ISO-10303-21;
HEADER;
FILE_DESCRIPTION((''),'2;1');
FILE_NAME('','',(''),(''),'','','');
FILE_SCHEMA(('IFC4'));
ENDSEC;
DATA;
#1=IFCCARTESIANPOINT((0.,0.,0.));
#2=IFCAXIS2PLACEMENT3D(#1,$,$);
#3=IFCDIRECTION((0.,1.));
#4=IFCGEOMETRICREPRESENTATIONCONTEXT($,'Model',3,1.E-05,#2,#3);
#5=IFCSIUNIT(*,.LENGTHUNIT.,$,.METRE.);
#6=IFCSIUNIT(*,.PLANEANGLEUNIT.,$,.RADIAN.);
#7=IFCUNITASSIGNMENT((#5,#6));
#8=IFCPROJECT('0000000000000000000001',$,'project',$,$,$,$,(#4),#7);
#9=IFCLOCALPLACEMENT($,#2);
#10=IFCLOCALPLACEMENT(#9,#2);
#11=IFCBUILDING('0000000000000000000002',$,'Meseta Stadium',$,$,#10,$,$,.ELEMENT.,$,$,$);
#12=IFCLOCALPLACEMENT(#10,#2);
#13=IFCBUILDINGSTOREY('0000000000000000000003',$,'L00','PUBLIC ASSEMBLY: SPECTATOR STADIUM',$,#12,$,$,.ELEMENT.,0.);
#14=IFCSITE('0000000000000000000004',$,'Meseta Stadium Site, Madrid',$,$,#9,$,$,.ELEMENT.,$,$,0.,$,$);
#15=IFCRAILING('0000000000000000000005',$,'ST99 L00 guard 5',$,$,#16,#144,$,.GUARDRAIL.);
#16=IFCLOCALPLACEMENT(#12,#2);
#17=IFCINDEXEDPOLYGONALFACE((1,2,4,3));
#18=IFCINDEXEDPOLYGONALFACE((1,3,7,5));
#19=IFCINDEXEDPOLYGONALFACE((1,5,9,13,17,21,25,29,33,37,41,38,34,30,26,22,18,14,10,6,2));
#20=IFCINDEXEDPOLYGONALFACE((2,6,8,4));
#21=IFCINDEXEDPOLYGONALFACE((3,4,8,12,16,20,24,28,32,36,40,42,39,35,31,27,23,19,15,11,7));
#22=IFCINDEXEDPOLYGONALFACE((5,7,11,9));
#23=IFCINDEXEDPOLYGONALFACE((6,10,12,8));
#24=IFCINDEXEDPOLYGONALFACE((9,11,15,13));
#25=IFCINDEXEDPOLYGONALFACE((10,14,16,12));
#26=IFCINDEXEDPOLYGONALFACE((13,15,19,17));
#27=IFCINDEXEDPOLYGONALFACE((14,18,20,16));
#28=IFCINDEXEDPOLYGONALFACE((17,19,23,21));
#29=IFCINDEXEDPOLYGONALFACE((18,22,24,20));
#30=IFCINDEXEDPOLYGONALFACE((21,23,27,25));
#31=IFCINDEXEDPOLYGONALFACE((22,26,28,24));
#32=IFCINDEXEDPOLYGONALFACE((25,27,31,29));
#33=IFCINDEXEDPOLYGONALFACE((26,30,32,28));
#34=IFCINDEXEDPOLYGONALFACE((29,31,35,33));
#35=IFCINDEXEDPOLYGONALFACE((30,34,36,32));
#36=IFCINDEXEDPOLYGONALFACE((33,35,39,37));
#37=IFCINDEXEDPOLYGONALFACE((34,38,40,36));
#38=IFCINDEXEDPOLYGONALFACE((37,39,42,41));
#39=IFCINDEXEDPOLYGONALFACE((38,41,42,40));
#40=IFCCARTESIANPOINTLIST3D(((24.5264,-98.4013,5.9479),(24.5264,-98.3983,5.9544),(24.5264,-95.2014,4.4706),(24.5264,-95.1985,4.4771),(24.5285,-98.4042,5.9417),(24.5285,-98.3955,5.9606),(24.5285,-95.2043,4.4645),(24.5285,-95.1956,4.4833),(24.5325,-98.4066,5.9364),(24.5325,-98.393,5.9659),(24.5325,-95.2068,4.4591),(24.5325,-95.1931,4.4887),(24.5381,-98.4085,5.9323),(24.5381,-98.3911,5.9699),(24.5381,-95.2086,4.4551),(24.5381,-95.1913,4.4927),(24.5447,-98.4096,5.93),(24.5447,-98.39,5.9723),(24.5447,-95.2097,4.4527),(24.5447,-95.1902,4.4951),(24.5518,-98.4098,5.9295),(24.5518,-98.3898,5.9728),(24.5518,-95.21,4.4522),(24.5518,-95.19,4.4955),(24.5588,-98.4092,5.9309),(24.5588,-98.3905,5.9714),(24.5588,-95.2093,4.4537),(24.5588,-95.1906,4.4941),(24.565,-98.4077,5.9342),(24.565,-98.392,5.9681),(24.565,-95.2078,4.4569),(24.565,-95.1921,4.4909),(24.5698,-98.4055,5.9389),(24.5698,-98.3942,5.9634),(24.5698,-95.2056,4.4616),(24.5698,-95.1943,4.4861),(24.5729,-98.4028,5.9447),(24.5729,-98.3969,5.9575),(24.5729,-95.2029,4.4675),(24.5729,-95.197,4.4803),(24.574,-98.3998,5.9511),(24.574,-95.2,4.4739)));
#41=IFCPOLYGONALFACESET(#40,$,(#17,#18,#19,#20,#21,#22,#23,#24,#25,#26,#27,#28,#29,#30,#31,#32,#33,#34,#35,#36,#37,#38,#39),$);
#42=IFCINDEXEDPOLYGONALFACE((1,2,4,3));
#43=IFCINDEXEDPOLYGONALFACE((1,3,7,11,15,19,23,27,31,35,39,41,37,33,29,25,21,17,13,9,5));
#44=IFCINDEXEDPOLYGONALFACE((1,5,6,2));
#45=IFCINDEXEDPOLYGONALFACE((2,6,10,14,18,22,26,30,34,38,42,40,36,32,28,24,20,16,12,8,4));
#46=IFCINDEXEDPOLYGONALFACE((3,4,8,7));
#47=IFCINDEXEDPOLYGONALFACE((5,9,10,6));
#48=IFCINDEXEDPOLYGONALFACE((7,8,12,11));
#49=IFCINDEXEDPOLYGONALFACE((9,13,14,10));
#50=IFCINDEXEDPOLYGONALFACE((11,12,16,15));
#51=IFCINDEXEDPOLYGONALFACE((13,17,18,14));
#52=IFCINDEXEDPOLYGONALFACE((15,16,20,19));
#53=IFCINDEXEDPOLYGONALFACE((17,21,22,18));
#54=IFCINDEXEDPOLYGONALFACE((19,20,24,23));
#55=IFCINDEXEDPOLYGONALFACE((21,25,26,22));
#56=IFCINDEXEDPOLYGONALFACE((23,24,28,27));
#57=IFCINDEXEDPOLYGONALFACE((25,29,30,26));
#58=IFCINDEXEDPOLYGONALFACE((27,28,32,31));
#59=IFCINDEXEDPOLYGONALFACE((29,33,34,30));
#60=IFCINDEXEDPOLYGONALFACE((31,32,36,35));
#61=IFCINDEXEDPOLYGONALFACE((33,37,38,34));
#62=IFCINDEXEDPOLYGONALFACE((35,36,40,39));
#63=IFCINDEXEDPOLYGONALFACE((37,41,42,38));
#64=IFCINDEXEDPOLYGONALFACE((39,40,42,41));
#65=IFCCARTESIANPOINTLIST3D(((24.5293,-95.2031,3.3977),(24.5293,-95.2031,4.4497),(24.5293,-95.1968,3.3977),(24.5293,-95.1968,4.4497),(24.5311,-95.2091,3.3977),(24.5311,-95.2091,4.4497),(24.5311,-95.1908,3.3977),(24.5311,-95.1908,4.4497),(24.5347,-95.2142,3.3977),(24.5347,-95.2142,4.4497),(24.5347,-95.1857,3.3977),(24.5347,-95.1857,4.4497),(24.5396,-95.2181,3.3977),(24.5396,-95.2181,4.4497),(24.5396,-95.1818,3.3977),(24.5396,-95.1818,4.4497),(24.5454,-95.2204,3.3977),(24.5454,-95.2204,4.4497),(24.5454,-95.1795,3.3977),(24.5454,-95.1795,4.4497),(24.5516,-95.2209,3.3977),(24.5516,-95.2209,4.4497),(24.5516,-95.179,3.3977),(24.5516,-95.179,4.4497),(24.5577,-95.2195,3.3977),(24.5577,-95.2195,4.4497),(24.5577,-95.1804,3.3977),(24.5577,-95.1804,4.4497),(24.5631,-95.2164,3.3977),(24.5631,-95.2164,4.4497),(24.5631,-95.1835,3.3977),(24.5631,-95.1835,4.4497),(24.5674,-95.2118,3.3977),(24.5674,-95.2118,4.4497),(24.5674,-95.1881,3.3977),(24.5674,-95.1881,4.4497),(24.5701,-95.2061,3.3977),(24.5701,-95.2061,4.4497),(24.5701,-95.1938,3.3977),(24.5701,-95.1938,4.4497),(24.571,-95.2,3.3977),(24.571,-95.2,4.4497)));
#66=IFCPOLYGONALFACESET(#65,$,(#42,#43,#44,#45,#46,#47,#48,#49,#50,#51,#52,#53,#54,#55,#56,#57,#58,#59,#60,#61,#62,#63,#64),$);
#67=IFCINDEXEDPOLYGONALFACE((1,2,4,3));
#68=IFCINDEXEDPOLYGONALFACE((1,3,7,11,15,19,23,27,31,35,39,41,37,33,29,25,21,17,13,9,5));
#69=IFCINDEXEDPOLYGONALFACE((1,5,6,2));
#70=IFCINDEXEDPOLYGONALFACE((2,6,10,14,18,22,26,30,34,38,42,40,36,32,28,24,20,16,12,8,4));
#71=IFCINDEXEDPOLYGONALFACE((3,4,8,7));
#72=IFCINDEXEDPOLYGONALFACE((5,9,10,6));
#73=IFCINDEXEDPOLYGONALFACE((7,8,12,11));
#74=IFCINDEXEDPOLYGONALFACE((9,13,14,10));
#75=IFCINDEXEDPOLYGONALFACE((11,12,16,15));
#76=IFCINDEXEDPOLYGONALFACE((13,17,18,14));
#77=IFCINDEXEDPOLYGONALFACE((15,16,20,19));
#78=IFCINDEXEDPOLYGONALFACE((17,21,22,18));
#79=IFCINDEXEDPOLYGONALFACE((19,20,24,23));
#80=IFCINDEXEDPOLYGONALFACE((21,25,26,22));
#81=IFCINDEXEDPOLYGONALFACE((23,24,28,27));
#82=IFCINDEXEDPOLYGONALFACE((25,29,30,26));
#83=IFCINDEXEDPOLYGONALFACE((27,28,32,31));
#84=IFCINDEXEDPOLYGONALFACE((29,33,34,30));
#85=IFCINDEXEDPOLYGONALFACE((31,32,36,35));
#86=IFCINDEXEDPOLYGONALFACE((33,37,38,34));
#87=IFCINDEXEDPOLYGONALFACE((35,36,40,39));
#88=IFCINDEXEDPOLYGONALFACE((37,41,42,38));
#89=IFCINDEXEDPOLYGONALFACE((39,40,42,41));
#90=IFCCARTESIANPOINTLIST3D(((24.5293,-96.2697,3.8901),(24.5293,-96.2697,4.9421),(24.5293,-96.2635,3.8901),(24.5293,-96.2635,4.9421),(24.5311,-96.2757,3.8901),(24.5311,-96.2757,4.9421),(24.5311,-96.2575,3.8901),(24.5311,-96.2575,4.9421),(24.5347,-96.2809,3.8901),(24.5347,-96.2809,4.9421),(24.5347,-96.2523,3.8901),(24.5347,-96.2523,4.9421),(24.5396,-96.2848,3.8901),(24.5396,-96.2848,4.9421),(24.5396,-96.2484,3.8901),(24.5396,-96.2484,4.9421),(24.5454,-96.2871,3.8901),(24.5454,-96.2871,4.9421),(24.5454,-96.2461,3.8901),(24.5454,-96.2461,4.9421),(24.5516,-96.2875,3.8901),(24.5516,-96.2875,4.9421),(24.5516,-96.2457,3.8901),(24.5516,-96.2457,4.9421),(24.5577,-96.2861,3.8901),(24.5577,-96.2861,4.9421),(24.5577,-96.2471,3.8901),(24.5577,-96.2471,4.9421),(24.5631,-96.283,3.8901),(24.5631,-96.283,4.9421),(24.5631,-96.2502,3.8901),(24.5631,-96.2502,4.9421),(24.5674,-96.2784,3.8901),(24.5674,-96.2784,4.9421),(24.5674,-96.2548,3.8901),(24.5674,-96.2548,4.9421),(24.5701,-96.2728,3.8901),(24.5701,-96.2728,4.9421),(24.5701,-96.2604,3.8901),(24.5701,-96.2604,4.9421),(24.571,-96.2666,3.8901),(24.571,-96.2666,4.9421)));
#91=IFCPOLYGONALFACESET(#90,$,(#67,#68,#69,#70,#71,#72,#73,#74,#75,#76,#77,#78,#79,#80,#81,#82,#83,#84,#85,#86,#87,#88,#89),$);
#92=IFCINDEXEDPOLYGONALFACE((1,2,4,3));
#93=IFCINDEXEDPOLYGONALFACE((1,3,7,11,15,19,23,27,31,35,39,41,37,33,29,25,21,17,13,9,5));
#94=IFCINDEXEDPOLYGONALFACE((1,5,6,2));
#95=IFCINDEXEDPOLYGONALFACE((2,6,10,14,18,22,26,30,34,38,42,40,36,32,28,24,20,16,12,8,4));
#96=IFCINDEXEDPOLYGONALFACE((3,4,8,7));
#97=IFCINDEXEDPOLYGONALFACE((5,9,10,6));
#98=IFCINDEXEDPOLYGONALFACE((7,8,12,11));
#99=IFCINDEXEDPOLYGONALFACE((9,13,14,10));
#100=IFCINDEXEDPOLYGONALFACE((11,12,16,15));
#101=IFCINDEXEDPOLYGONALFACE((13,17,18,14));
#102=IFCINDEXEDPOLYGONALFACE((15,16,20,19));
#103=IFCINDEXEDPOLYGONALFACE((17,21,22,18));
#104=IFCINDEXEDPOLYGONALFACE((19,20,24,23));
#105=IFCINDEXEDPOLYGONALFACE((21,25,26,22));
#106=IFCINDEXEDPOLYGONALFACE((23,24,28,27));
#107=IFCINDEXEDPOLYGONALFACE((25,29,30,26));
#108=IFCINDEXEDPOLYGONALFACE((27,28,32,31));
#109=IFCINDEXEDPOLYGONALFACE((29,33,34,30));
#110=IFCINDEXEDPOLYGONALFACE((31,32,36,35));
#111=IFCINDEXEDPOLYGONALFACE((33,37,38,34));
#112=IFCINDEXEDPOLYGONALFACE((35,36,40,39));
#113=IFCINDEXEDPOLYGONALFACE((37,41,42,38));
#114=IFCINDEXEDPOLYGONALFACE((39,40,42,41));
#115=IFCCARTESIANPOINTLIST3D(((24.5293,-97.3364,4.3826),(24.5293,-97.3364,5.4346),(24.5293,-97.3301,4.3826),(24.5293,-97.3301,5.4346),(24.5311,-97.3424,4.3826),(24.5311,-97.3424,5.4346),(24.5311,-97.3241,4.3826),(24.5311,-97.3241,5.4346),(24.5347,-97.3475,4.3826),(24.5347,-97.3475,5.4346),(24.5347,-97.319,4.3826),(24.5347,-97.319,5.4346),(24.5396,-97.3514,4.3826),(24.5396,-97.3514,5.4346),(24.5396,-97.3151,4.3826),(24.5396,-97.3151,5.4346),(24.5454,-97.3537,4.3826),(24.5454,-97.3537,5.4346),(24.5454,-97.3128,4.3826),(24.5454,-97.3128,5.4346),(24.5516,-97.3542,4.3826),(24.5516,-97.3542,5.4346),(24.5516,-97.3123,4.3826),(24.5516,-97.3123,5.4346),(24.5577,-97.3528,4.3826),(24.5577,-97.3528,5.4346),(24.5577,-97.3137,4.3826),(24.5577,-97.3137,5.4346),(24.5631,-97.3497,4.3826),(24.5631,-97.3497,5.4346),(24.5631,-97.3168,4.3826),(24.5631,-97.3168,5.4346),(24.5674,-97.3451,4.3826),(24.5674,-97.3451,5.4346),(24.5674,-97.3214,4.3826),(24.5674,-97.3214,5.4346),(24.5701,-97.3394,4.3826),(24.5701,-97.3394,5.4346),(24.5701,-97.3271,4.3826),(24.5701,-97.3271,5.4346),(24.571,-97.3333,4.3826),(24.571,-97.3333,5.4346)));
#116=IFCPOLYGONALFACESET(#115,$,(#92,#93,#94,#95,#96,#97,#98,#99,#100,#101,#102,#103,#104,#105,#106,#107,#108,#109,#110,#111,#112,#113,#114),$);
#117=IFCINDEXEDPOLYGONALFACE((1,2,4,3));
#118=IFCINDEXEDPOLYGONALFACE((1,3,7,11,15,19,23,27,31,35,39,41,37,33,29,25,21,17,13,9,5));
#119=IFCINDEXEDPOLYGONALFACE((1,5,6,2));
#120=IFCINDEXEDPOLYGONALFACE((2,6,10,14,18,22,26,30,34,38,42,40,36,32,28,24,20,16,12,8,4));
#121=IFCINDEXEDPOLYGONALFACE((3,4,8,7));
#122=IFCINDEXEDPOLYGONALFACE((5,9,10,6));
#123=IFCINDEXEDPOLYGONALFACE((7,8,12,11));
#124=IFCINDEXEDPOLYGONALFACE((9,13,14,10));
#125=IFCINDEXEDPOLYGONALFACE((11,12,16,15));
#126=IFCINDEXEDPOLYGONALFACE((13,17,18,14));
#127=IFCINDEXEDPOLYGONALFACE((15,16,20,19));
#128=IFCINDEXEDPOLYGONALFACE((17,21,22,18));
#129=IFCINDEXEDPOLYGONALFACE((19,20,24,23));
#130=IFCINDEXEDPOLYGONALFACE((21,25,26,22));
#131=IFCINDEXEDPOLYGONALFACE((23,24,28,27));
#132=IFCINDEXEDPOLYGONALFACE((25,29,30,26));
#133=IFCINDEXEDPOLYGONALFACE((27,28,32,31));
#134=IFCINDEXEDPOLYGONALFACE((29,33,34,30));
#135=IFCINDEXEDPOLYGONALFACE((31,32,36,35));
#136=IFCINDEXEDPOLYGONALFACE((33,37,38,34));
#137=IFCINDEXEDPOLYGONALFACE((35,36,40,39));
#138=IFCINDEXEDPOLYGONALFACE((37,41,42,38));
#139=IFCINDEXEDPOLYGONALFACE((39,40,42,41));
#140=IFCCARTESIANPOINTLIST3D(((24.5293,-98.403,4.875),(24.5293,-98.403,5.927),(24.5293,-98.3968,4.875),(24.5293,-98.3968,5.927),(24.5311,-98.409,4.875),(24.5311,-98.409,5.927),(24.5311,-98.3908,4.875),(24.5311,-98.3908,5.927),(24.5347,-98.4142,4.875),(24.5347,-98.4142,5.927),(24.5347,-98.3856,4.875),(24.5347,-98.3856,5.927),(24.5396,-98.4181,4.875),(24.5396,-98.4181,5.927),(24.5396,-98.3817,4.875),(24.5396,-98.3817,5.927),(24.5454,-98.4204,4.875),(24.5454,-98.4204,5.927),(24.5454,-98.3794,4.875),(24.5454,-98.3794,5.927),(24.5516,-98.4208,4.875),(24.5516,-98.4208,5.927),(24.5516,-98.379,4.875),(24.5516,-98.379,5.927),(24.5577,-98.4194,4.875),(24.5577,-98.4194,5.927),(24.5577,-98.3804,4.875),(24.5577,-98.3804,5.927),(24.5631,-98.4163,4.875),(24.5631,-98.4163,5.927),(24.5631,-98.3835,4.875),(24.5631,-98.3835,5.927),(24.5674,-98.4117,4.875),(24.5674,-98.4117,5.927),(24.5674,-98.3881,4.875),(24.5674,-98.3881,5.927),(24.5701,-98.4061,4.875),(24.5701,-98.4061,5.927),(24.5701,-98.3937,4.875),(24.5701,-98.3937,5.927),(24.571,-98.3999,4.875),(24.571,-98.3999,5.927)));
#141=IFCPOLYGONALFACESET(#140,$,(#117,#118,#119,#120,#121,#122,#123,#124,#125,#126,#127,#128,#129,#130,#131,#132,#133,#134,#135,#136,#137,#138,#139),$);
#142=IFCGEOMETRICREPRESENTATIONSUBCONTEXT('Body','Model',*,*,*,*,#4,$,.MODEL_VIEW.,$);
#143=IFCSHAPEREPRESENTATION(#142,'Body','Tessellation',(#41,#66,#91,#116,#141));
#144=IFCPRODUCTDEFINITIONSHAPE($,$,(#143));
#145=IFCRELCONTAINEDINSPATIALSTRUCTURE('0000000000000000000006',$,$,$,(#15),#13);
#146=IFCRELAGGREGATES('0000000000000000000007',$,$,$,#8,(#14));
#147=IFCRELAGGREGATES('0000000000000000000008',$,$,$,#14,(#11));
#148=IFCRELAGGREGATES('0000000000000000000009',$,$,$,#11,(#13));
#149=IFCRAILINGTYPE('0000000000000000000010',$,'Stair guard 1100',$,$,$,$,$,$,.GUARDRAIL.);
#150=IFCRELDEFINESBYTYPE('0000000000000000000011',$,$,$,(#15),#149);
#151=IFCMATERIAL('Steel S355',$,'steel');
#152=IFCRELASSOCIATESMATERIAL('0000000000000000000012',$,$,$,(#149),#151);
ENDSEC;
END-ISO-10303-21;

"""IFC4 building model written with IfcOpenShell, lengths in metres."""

from ifc_helpers import new_model, si_unit, direction, frame, origin, origin_2d, place, context, subcontext, project, spatial, circle, extrude, material, type_object, element, save


model = new_model("IFC4")

# Units and contexts
model_context = context("Model", 3, precision=1e-05, world=origin(), true_north=direction((0.0, 1.0)))
body_context = subcontext(model_context, "Body", "Model", "MODEL_VIEW")
ifc_project = project(units=[si_unit("LENGTHUNIT", "METRE"), si_unit("PLANEANGLEUNIT", "RADIAN")], contexts=[model_context])

# Site, building, storey
site_placement = place(None, origin())
site = spatial("IfcSite", under=ifc_project, at=site_placement, Name="Meseta Stadium Site, Madrid", CompositionType="ELEMENT", RefElevation=0.0)
building_placement = place(site_placement, origin())
building = spatial("IfcBuilding", under=site, at=building_placement, Name="Meseta Stadium", CompositionType="ELEMENT")
storey_placement = place(building_placement, origin())
storey = spatial("IfcBuildingStorey", under=building, at=storey_placement, Name="L00", Description="PUBLIC ASSEMBLY: SPECTATOR STADIUM", CompositionType="ELEMENT", Elevation=0.0)

# Railing
ifc_material_1 = material(Name="Steel S355", Category="steel")
railing_type_1 = type_object("IfcRailingType", Name="Stair guard 1100", PredefinedType="GUARDRAIL", material=ifc_material_1)
railing_1_placement = place(storey_placement, frame((24.55, -95.2, 3.3977)))
element("IfcRailing", 1, at=railing_1_placement, inside=storey, type_object=railing_type_1, Name="ST99 L00 guard 5", PredefinedType="GUARDRAIL", context=body_context, shape_type="SweptSolid", body=[
    extrude(circle(Radius=0.0239, at=origin_2d()), frame((0.0, 0.0, 1.0762), z_axis=(0.0, -0.907917, 0.41915), x_axis=(1.0, 0.0, 0.0)), (0.0, 0.0, 1.0), 3.5244),
    extrude(circle(Radius=0.021, at=origin_2d()), origin(), (0.0, 0.0, 1.0), 1.052),
    extrude(circle(Radius=0.021, at=origin_2d()), frame((0.0, -1.0667, 0.4924)), (0.0, 0.0, 1.0), 1.052),
    extrude(circle(Radius=0.021, at=origin_2d()), frame((0.0, -2.1333, 0.9849)), (0.0, 0.0, 1.0), 1.052),
    extrude(circle(Radius=0.021, at=origin_2d()), frame((0.0, -3.2, 1.4773)), (0.0, 0.0, 1.0), 1.052),
])

save(model, "model.ifc")
